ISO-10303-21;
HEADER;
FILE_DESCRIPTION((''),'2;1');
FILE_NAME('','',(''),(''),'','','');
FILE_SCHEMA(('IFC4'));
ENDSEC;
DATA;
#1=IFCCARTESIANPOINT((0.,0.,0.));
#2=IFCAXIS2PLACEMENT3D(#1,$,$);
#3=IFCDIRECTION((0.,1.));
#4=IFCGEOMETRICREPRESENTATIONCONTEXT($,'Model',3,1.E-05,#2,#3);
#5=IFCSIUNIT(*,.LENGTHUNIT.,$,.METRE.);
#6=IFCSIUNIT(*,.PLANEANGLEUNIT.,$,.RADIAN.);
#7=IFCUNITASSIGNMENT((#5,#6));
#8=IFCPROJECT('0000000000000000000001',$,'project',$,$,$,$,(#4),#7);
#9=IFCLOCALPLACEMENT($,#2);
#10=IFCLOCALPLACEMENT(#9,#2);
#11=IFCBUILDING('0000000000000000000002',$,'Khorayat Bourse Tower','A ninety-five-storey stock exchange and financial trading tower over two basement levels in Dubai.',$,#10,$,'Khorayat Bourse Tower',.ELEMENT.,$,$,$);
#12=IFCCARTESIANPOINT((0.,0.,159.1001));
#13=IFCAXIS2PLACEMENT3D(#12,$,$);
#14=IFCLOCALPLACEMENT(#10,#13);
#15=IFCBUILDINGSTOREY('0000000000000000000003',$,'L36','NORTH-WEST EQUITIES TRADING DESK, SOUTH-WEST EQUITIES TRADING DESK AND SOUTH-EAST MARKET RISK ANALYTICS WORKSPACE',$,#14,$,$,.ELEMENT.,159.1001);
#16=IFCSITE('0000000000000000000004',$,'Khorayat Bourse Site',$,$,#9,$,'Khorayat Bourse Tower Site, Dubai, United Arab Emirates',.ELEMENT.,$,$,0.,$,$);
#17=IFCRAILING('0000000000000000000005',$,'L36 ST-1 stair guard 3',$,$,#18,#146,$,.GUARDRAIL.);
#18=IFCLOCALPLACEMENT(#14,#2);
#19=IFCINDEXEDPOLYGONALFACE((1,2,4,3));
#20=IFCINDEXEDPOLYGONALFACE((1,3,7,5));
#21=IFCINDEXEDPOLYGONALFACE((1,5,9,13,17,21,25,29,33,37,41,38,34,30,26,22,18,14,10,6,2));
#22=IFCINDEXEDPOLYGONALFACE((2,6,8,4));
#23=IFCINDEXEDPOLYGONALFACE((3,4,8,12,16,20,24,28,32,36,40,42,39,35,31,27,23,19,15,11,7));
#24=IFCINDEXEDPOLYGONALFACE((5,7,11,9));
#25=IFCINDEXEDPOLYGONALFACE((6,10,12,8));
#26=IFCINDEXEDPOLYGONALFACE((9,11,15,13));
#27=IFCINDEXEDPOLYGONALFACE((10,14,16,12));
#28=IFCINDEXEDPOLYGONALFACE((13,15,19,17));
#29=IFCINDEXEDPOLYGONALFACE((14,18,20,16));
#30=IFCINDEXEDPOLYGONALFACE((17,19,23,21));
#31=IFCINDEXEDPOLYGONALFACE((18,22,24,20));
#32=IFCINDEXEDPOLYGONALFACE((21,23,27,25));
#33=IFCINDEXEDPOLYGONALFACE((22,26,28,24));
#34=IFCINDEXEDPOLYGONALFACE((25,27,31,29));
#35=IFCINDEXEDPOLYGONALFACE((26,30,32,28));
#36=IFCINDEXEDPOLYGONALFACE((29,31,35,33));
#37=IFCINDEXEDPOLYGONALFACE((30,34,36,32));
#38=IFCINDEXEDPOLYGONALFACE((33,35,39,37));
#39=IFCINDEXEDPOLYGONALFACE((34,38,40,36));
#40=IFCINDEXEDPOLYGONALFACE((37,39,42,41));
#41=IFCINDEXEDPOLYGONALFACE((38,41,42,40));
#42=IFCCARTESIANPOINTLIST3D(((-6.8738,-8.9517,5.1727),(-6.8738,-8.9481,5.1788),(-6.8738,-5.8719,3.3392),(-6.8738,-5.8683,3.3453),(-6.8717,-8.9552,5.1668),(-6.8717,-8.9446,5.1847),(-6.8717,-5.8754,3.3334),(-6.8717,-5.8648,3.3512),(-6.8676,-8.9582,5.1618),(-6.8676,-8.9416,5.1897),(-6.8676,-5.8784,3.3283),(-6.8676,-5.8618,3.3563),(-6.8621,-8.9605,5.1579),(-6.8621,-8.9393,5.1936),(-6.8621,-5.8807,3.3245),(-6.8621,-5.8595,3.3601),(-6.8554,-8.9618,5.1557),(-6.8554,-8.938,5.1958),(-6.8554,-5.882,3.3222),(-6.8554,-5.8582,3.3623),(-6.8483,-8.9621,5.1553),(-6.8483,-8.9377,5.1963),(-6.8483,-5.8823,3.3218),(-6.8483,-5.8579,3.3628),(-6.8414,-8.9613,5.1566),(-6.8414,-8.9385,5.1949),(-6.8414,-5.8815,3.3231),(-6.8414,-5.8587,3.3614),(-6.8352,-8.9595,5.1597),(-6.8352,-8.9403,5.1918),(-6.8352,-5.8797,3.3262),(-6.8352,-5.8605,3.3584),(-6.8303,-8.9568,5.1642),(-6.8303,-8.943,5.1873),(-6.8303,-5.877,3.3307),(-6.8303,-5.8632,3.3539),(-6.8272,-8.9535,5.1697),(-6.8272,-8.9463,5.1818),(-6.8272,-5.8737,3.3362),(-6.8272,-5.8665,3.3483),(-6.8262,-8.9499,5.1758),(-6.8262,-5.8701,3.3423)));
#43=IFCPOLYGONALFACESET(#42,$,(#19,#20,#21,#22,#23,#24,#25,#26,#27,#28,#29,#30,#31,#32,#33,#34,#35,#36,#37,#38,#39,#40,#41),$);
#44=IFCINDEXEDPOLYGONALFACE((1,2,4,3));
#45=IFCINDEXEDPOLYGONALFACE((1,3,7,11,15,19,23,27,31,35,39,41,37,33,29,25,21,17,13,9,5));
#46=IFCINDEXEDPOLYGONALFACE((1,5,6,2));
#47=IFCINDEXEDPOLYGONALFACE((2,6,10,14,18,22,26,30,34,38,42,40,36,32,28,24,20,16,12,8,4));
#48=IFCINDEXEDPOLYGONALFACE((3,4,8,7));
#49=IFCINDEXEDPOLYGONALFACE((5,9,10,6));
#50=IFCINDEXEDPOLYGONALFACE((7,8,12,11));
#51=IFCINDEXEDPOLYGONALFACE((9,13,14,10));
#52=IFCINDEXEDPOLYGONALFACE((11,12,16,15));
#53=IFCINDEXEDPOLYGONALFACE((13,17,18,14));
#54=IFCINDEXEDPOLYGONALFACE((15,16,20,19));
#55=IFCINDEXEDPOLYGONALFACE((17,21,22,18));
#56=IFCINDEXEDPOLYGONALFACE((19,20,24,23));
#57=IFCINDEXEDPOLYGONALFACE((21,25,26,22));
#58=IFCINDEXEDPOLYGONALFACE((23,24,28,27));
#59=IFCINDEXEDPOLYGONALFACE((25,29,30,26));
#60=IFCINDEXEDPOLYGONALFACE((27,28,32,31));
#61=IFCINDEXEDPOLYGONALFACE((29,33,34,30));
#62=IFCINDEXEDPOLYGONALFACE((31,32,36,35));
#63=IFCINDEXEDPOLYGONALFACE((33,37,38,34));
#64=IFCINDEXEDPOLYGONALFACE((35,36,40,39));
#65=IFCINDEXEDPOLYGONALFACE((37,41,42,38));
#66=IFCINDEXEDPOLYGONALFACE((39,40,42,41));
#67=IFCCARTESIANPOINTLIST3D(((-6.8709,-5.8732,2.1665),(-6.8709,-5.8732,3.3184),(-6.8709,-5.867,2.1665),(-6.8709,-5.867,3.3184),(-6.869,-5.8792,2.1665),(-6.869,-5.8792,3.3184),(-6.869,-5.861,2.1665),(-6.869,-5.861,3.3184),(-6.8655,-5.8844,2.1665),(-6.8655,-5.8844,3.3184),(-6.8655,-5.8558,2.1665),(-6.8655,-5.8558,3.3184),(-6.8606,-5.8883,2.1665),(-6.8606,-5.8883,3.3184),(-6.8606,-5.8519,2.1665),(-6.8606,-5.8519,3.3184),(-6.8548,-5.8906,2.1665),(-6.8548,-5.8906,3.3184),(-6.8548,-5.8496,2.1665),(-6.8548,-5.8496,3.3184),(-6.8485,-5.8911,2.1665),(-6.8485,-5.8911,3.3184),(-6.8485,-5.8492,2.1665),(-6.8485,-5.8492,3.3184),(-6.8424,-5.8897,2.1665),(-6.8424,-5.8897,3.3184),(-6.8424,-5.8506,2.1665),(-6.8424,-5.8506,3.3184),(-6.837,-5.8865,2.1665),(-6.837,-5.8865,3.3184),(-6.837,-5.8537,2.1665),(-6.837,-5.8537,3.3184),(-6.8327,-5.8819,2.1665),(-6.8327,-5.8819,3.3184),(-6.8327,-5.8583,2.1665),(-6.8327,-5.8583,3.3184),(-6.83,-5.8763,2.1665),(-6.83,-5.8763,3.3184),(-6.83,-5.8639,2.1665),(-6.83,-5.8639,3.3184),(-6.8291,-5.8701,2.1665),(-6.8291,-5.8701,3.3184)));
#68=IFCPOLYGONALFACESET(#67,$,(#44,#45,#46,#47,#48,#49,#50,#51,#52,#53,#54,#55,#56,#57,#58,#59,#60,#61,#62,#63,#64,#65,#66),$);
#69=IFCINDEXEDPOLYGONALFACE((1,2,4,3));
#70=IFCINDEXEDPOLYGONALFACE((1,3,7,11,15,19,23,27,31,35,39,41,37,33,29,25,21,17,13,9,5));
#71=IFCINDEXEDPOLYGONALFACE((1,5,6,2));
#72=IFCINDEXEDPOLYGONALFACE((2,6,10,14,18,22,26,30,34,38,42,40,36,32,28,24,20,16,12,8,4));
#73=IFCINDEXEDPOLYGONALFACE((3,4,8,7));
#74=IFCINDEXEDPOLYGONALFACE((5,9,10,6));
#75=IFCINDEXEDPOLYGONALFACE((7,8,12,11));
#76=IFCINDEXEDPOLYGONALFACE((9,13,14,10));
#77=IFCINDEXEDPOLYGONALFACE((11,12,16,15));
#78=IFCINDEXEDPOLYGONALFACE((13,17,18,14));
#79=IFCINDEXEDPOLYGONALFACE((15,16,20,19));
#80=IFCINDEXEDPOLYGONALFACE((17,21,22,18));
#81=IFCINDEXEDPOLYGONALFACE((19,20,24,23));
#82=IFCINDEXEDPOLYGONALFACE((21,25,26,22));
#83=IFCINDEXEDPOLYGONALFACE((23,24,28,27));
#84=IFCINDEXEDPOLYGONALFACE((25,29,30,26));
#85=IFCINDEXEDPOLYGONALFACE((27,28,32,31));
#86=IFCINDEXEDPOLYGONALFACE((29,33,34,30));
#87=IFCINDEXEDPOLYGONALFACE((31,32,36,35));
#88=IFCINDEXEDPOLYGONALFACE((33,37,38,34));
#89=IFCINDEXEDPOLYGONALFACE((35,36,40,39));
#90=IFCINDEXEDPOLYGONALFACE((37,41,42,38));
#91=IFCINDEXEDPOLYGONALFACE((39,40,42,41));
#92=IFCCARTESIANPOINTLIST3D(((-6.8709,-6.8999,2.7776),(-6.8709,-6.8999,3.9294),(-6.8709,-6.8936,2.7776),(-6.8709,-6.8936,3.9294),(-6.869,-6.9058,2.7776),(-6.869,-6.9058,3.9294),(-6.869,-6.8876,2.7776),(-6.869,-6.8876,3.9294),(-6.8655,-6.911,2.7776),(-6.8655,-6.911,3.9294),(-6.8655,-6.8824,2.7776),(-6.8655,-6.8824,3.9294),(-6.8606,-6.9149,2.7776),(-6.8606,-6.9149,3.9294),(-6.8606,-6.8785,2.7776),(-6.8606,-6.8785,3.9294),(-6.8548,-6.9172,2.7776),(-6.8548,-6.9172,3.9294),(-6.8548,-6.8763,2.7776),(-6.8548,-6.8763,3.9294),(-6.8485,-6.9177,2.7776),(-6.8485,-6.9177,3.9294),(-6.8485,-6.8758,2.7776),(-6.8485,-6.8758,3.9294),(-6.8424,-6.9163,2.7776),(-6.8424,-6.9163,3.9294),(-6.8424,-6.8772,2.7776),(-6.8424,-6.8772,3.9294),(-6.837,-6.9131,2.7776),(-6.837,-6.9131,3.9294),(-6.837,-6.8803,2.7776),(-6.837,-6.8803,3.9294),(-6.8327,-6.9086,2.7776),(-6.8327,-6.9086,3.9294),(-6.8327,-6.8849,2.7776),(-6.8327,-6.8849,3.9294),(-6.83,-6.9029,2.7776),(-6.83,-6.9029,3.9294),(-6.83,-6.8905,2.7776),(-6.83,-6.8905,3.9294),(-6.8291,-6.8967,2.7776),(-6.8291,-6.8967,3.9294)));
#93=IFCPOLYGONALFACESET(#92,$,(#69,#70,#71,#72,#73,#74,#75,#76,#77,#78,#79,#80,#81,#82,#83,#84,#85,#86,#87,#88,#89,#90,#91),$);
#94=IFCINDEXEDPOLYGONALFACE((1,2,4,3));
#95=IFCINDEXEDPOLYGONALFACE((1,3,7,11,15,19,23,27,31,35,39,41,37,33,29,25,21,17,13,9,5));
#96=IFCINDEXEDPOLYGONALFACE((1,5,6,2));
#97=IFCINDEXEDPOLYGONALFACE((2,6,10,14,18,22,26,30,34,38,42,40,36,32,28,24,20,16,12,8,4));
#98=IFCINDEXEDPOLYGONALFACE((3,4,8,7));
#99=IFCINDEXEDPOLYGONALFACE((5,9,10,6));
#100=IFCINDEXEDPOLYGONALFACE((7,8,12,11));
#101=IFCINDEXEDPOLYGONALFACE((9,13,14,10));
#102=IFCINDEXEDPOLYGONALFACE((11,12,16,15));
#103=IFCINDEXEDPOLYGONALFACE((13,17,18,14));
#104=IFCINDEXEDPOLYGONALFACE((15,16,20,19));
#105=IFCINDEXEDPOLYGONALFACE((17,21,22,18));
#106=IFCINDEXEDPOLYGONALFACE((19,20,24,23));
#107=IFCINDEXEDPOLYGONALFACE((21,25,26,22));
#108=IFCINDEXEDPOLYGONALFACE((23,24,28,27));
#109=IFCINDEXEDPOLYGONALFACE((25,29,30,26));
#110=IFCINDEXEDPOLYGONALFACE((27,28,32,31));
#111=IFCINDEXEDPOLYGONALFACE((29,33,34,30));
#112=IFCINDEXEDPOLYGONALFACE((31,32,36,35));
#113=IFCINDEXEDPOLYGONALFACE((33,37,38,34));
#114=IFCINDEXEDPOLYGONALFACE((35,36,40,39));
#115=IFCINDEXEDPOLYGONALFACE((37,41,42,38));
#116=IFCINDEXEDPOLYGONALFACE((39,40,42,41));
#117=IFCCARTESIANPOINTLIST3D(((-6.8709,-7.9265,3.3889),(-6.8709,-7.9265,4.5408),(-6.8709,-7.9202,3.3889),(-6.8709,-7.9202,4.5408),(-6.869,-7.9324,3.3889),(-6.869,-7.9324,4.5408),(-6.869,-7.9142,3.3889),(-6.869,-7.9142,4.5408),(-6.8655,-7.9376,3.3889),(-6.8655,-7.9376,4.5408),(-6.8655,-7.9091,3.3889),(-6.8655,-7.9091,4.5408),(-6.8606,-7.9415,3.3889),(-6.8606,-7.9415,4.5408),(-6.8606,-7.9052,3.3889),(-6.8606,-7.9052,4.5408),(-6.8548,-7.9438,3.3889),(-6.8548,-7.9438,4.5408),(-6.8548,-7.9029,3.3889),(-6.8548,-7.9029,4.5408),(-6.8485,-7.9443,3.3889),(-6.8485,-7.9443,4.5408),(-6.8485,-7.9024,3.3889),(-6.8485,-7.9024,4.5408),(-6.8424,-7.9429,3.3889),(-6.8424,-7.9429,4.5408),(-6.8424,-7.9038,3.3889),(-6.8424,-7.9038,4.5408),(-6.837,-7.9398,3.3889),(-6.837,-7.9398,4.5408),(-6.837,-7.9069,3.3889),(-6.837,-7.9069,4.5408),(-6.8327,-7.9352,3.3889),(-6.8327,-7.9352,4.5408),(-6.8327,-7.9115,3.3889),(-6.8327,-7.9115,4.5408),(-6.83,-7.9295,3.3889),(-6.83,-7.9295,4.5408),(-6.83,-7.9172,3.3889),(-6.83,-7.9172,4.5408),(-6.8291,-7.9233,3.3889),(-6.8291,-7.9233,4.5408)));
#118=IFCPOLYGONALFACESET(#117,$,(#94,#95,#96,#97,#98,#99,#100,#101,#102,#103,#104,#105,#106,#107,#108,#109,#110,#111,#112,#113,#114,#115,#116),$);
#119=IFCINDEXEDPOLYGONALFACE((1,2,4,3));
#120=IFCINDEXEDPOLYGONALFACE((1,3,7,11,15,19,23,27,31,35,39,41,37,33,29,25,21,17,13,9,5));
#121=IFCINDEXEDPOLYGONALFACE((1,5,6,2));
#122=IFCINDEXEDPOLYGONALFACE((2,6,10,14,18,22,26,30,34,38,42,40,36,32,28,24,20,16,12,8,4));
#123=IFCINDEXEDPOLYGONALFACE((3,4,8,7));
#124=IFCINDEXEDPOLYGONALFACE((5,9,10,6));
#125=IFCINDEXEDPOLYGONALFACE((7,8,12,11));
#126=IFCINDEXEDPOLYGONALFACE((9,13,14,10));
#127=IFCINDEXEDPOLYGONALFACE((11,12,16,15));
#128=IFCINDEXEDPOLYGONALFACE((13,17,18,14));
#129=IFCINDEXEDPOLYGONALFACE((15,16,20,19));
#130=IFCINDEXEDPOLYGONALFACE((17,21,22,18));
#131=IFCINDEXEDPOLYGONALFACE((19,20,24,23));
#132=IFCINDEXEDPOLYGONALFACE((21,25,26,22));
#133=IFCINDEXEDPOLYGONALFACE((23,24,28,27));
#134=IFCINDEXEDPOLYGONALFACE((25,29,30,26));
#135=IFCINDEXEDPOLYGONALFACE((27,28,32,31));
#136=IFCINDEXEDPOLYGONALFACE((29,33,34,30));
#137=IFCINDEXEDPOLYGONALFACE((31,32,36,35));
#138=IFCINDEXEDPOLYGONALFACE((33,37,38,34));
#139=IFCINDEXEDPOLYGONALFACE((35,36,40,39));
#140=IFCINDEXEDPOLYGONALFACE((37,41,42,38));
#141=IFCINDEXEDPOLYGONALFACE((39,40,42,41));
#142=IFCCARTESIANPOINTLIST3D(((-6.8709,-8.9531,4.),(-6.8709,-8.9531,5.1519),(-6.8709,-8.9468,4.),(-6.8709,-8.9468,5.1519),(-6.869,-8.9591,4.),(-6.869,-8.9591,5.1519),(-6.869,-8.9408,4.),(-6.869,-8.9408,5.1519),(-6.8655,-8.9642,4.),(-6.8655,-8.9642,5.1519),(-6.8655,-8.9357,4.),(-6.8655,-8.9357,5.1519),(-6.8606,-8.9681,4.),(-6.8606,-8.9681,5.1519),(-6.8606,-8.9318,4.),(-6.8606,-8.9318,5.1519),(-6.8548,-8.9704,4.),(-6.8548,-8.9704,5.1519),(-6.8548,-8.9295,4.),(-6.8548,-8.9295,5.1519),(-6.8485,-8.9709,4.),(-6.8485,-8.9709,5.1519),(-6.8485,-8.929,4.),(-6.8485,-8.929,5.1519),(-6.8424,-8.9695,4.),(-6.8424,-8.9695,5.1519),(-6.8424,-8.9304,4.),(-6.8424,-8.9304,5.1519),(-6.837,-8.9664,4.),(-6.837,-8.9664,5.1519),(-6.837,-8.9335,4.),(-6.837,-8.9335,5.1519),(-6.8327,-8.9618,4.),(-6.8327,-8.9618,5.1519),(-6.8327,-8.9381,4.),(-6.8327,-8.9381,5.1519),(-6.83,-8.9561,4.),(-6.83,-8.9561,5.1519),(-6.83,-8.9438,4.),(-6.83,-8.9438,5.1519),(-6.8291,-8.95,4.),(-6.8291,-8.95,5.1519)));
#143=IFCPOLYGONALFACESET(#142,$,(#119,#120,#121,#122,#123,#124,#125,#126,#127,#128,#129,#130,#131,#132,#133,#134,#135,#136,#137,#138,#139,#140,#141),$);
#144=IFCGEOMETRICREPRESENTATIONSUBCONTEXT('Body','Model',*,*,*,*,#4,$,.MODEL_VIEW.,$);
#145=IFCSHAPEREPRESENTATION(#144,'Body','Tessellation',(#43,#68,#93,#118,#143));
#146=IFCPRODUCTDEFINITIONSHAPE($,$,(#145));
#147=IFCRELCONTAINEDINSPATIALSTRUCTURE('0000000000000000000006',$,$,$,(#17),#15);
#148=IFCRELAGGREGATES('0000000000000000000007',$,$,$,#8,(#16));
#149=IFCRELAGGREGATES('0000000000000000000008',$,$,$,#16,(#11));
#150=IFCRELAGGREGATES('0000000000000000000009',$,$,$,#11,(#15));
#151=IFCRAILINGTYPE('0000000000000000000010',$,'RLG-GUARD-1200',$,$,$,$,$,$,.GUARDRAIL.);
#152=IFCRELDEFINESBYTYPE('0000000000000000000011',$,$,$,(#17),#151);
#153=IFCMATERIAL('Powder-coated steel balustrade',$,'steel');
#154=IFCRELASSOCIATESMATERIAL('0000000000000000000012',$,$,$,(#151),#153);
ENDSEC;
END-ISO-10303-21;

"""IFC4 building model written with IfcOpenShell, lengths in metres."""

from ifc_helpers import new_model, si_unit, direction, frame, origin, origin_2d, place, context, subcontext, project, spatial, circle, extrude, source, transform, mapped, material, type_object, element, save


model = new_model("IFC4")

# Units and contexts
model_context = context("Model", 3, precision=1e-05, world=origin(), true_north=direction((0.0, 1.0)))
body_context = subcontext(model_context, "Body", "Model", "MODEL_VIEW")
ifc_project = project(units=[si_unit("LENGTHUNIT", "METRE"), si_unit("PLANEANGLEUNIT", "RADIAN")], contexts=[model_context])

# Site, building, storey
site_placement = place(None, origin())
site = spatial("IfcSite", under=ifc_project, at=site_placement, Name="Khorayat Bourse Site", LongName="Khorayat Bourse Tower Site, Dubai, United Arab Emirates", CompositionType="ELEMENT", RefElevation=0.0)
building_placement = place(site_placement, origin())
building = spatial("IfcBuilding", under=site, at=building_placement, Name="Khorayat Bourse Tower", Description="A ninety-five-storey stock exchange and financial trading tower over two basement levels in Dubai.", LongName="Khorayat Bourse Tower", CompositionType="ELEMENT")
storey_placement = place(building_placement, frame((0.0, 0.0, 159.1001)))
storey = spatial("IfcBuildingStorey", under=building, at=storey_placement, Name="L36", Description="NORTH-WEST EQUITIES TRADING DESK, SOUTH-WEST EQUITIES TRADING DESK AND SOUTH-EAST MARKET RISK ANALYTICS WORKSPACE", CompositionType="ELEMENT", Elevation=159.1001)

# Railing
ifc_material_1 = material(Name="Powder-coated steel balustrade", Category="steel")
railing_type_1 = type_object("IfcRailingType", Name="RLG-GUARD-1200", PredefinedType="GUARDRAIL", material=ifc_material_1)
shared_shape_1 = source(origin(), body_context, "Body", "SweptSolid", [
    extrude(circle(Radius=0.0239, at=origin_2d()), frame((0.0, 0.0, 1.1758), z_axis=(0.0, -0.859261, 0.511538), x_axis=(1.0, 0.0, 0.0)), (0.0, 0.0, 1.0), 3.5842),
    extrude(circle(Radius=0.021, at=origin_2d()), origin(), (0.0, 0.0, 1.0), 1.1519),
    extrude(circle(Radius=0.021, at=origin_2d()), frame((0.0, -1.0266, 0.6111)), (0.0, 0.0, 1.0), 1.1519),
    extrude(circle(Radius=0.021, at=origin_2d()), frame((0.0, -2.0532, 1.2224)), (0.0, 0.0, 1.0), 1.1519),
    extrude(circle(Radius=0.021, at=origin_2d()), frame((0.0, -3.0798, 1.8335)), (0.0, 0.0, 1.0), 1.1519),
])
railing_1_placement = place(storey_placement, frame((-6.8501, -5.8701, 2.1665)))
element("IfcRailing", 1, at=railing_1_placement, inside=storey, type_object=railing_type_1, Name="L36 ST-1 stair guard 3", PredefinedType="GUARDRAIL", context=body_context, shape_type="MappedRepresentation", body=[
    mapped(shared_shape_1, transform((0.0, 0.0, 0.0), scale=1.0)),
])

save(model, "model.ifc")
